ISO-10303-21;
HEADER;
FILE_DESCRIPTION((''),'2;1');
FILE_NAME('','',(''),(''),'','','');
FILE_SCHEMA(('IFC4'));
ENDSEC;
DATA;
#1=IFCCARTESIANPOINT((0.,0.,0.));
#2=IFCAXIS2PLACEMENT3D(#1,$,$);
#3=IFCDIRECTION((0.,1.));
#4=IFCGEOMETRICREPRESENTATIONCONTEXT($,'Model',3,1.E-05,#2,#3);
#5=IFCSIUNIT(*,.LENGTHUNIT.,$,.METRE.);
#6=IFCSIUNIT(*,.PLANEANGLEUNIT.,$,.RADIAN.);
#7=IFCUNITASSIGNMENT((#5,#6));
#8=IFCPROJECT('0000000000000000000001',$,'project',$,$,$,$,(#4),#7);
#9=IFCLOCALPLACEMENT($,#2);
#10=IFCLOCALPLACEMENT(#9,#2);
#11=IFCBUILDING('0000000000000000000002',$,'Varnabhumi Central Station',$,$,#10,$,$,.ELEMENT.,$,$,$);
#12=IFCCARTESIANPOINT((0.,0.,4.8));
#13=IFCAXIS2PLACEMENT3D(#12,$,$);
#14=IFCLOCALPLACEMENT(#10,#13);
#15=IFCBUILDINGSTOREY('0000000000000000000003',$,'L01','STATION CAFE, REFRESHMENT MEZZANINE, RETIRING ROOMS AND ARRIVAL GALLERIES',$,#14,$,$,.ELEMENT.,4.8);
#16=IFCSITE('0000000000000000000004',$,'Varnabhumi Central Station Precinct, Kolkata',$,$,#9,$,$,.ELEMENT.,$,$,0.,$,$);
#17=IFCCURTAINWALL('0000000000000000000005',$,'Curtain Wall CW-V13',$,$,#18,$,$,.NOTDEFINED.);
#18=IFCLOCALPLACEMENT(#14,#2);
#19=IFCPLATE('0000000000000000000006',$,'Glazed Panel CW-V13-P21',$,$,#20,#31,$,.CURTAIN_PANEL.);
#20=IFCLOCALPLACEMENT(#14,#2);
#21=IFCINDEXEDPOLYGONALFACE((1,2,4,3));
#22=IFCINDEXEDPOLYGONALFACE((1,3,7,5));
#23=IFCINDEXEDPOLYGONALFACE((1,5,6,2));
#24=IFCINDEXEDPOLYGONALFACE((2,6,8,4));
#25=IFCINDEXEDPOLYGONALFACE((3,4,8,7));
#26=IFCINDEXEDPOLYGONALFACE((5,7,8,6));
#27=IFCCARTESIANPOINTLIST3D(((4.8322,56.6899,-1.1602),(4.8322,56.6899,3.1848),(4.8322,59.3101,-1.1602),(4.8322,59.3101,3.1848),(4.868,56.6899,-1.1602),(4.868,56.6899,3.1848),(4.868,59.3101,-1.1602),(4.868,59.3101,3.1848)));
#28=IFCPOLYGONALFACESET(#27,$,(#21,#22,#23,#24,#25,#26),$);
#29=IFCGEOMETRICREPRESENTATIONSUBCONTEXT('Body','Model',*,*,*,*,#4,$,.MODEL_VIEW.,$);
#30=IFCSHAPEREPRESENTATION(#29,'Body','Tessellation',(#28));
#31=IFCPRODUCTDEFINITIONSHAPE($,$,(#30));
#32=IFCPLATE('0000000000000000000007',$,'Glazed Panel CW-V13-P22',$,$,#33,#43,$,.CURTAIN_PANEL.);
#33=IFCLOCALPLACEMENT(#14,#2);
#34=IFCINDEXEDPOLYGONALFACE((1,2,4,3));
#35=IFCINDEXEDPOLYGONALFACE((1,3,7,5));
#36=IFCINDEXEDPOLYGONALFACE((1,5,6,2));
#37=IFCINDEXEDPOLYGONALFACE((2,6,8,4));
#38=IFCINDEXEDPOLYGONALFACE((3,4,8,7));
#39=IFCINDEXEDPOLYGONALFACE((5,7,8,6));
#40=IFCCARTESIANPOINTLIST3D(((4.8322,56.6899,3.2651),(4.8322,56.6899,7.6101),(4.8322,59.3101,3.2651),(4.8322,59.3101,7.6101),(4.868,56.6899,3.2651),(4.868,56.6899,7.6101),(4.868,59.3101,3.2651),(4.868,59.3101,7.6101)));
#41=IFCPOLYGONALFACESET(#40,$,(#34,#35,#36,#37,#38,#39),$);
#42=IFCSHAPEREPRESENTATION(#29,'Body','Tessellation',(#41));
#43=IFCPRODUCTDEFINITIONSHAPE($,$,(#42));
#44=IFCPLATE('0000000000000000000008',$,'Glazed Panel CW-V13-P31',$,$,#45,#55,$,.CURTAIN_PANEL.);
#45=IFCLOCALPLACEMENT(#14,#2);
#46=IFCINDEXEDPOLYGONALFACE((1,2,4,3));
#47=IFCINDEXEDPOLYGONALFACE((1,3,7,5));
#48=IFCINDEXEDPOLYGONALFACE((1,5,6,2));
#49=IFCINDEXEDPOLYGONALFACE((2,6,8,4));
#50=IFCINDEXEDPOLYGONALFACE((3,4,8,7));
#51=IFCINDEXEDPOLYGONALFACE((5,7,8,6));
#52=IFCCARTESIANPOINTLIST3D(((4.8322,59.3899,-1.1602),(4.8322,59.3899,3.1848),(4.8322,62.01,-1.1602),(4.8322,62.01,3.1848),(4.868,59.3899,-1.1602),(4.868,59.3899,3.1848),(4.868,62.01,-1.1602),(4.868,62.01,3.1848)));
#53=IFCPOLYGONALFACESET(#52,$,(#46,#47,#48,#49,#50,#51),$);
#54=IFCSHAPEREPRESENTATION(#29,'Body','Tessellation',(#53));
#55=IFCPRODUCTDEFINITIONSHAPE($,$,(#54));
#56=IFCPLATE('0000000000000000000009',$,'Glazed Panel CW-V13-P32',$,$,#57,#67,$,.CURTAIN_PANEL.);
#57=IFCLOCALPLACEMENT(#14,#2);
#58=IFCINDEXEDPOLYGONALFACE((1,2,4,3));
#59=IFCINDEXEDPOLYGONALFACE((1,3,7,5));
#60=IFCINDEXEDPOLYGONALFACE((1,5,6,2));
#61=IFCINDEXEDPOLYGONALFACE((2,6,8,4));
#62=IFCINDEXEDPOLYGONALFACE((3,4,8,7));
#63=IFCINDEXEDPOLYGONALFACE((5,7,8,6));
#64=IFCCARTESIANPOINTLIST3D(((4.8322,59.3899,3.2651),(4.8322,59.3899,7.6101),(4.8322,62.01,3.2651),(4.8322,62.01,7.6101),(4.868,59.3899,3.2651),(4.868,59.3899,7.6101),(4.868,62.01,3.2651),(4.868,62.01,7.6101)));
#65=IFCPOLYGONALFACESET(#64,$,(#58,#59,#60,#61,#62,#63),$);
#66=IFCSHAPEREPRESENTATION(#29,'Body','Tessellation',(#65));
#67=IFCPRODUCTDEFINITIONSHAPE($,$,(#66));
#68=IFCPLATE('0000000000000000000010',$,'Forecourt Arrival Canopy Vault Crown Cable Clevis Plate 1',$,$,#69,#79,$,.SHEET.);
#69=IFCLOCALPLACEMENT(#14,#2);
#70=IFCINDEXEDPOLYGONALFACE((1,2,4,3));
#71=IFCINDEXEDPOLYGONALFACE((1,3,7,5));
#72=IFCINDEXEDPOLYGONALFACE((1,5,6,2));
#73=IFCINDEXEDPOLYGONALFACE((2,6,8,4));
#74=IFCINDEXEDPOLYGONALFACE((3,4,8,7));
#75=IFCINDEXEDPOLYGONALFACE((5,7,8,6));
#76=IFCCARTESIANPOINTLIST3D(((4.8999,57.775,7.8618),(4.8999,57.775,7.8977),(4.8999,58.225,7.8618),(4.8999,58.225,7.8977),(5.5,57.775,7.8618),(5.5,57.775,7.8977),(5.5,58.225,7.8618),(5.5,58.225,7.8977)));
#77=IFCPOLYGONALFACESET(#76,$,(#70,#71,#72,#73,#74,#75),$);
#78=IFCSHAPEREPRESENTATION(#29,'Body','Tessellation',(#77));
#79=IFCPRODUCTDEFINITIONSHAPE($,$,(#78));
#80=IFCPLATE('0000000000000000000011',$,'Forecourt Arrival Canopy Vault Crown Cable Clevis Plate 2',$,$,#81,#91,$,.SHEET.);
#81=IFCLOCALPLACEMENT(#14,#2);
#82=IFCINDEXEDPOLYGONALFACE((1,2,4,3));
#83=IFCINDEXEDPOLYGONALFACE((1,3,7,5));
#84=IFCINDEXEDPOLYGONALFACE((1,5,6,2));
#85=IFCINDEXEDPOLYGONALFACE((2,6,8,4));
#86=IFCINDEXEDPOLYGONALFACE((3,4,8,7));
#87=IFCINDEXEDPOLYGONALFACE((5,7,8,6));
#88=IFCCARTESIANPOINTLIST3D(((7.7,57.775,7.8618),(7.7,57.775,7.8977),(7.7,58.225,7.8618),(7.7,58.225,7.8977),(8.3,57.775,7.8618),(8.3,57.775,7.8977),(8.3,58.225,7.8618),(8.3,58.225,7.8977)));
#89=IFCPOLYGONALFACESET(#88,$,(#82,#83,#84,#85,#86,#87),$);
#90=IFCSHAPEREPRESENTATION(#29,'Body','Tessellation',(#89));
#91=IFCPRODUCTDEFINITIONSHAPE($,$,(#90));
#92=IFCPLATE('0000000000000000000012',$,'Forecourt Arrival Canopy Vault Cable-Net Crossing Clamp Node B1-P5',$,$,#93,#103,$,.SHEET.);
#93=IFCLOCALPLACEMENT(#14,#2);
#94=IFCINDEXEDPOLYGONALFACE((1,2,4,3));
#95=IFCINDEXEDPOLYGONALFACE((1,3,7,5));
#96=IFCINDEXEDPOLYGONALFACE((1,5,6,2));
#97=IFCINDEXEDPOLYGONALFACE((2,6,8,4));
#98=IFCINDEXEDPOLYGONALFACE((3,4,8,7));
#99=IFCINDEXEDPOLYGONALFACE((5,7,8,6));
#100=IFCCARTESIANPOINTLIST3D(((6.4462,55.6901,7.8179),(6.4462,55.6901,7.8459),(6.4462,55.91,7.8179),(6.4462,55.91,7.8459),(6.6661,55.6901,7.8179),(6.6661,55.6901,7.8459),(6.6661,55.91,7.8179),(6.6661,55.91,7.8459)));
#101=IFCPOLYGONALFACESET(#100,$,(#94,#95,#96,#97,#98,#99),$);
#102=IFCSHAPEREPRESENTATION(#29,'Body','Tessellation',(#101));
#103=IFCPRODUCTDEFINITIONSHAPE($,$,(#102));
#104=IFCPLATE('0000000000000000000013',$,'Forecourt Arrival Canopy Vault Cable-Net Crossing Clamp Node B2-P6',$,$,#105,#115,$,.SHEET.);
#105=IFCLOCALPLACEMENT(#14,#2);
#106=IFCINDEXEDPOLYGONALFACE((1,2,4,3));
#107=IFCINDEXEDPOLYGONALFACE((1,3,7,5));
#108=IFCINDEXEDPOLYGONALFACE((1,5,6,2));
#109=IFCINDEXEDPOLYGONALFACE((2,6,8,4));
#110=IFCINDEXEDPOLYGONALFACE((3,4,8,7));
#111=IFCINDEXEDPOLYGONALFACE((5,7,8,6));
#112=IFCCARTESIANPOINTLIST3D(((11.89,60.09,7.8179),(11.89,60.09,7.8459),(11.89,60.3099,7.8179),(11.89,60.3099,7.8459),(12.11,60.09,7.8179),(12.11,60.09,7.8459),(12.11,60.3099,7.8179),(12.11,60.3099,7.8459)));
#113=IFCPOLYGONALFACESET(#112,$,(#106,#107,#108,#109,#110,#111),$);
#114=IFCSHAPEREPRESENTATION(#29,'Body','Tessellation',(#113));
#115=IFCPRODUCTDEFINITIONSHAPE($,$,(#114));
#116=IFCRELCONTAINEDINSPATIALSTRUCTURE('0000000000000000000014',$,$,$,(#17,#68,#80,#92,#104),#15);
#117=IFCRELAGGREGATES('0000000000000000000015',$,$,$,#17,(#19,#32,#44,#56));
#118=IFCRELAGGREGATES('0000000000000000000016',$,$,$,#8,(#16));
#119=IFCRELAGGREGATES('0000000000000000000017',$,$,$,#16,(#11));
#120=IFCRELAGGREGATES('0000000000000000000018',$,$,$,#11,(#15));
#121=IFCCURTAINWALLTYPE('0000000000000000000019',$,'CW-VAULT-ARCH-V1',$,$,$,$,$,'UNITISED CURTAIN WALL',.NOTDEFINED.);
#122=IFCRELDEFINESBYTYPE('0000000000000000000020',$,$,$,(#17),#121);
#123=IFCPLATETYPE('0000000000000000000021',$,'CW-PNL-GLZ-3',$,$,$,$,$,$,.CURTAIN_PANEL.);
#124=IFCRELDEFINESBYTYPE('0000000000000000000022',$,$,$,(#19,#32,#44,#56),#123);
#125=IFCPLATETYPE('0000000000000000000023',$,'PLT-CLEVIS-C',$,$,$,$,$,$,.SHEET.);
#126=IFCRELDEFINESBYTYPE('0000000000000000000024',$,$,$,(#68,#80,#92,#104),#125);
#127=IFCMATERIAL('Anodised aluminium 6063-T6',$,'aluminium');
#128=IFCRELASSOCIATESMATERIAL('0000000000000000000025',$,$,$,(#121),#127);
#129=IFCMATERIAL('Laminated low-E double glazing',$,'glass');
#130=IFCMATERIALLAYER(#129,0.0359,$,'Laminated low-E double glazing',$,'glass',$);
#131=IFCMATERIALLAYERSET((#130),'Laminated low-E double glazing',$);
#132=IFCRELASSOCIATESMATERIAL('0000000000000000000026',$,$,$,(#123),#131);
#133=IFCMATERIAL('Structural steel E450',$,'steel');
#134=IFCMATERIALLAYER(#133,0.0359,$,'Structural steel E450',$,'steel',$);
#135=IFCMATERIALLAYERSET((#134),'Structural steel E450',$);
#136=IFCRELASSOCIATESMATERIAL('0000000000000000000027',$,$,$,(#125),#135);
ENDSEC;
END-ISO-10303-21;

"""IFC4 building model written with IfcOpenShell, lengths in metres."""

from ifc_helpers import new_model, si_unit, direction, frame, origin, origin_2d, place, context, subcontext, project, spatial, rectangle, extrude, material, layer, layer_set, type_object, element, aggregate, save


model = new_model("IFC4")

# Units and contexts
model_context = context("Model", 3, precision=1e-05, world=origin(), true_north=direction((0.0, 1.0)))
body_context = subcontext(model_context, "Body", "Model", "MODEL_VIEW")
ifc_project = project(units=[si_unit("LENGTHUNIT", "METRE"), si_unit("PLANEANGLEUNIT", "RADIAN")], contexts=[model_context])

# Site, building, storey
site_placement = place(None, origin())
site = spatial("IfcSite", under=ifc_project, at=site_placement, Name="Varnabhumi Central Station Precinct, Kolkata", CompositionType="ELEMENT", RefElevation=0.0)
building_placement = place(site_placement, origin())
building = spatial("IfcBuilding", under=site, at=building_placement, Name="Varnabhumi Central Station", CompositionType="ELEMENT")
storey_placement = place(building_placement, frame((0.0, 0.0, 4.8)))
storey = spatial("IfcBuildingStorey", under=building, at=storey_placement, Name="L01", Description="STATION CAFE, REFRESHMENT MEZZANINE, RETIRING ROOMS AND ARRIVAL GALLERIES", CompositionType="ELEMENT", Elevation=4.8)

# Shared definitions
ifc_material_1 = material(Name="Anodised aluminium 6063-T6", Category="aluminium")
curtain_wall_type = type_object("IfcCurtainWallType", Name="CW-VAULT-ARCH-V1", ElementType="UNITISED CURTAIN WALL", PredefinedType="NOTDEFINED", material=ifc_material_1)

# Curtain wall
curtain_wall_1_placement = place(storey_placement, origin())
curtain_wall_1 = element("IfcCurtainWall", 1, at=curtain_wall_1_placement, inside=storey, type_object=curtain_wall_type, Name="Curtain Wall CW-V13", PredefinedType="NOTDEFINED")

# Plates
ifc_material_2 = material(Name="Laminated low-E double glazing", Category="glass")
ifc_layer_1 = layer(ifc_material_2, 0.0359, Name="Laminated low-E double glazing", Category="glass")
ifc_layer_set_1 = layer_set([ifc_layer_1], Name="Laminated low-E double glazing")
plate_type_1 = type_object("IfcPlateType", Name="CW-PNL-GLZ-3", PredefinedType="CURTAIN_PANEL", material=ifc_layer_set_1)
plate_1_placement = place(storey_placement, frame((4.8501, 58.0, -1.1602), z_axis=(0.0, 0.0, 1.0), x_axis=(0.0, 1.0, 0.0)))
plate_1 = element("IfcPlate", 2, at=plate_1_placement, type_object=plate_type_1, Name="Glazed Panel CW-V13-P21", PredefinedType="CURTAIN_PANEL", context=body_context, shape_type="SweptSolid", body=[
    extrude(rectangle(XDim=2.6201, YDim=0.0359, at=origin_2d()), origin(), (0.0, 0.0, 1.0), 4.345),
])
plate_2_placement = place(storey_placement, frame((4.8501, 58.0, 3.2651), z_axis=(0.0, 0.0, 1.0), x_axis=(0.0, 1.0, 0.0)))
plate_2 = element("IfcPlate", 3, at=plate_2_placement, type_object=plate_type_1, Name="Glazed Panel CW-V13-P22", PredefinedType="CURTAIN_PANEL", context=body_context, shape_type="SweptSolid", body=[
    extrude(rectangle(XDim=2.6201, YDim=0.0359, at=origin_2d()), origin(), (0.0, 0.0, 1.0), 4.345),
])
plate_3_placement = place(storey_placement, frame((4.8501, 60.7, -1.1602), z_axis=(0.0, 0.0, 1.0), x_axis=(0.0, 1.0, 0.0)))
plate_3 = element("IfcPlate", 4, at=plate_3_placement, type_object=plate_type_1, Name="Glazed Panel CW-V13-P31", PredefinedType="CURTAIN_PANEL", context=body_context, shape_type="SweptSolid", body=[
    extrude(rectangle(XDim=2.6201, YDim=0.0359, at=origin_2d()), origin(), (0.0, 0.0, 1.0), 4.345),
])
plate_4_placement = place(storey_placement, frame((4.8501, 60.7, 3.2651), z_axis=(0.0, 0.0, 1.0), x_axis=(0.0, 1.0, 0.0)))
plate_4 = element("IfcPlate", 5, at=plate_4_placement, type_object=plate_type_1, Name="Glazed Panel CW-V13-P32", PredefinedType="CURTAIN_PANEL", context=body_context, shape_type="SweptSolid", body=[
    extrude(rectangle(XDim=2.6201, YDim=0.0359, at=origin_2d()), origin(), (0.0, 0.0, 1.0), 4.345),
])
aggregate(curtain_wall_1, [plate_1, plate_2, plate_3, plate_4])

# Plates
ifc_material_3 = material(Name="Structural steel E450", Category="steel")
ifc_layer_2 = layer(ifc_material_3, 0.0359, Name="Structural steel E450", Category="steel")
ifc_layer_set_2 = layer_set([ifc_layer_2], Name="Structural steel E450")
plate_type_2 = type_object("IfcPlateType", Name="PLT-CLEVIS-C", PredefinedType="SHEET", material=ifc_layer_set_2)
for number, where, z_axis, x_axis, name in (
    (6, (5.2, 58.0, 7.8618), (0.0, 0.0, 1.0), (1.0, 0.0, 0.0), "Forecourt Arrival Canopy Vault Crown Cable Clevis Plate 1"),
    (7, (8.0, 58.0, 7.8618), (0.0, 0.0, 1.0), (1.0, 0.0, 0.0), "Forecourt Arrival Canopy Vault Crown Cable Clevis Plate 2"),
):
    element("IfcPlate", number, at=place(storey_placement, frame(where, z_axis=z_axis, x_axis=x_axis)), inside=storey, type_object=plate_type_2, Name=name, PredefinedType="SHEET", context=body_context, shape_type="SweptSolid", body=[
        extrude(rectangle(XDim=0.6001, YDim=0.45, at=origin_2d()), origin(), (0.0, 0.0, 1.0), 0.0359),
    ])
for number, where, z_axis, x_axis, name in (
    (8, (6.5562, 55.8, 7.8179), (0.0, 0.0, 1.0), (1.0, 0.0, 0.0), "Forecourt Arrival Canopy Vault Cable-Net Crossing Clamp Node B1-P5"),
    (9, (12.0, 60.2, 7.8179), (0.0, 0.0, 1.0), (1.0, 0.0, 0.0), "Forecourt Arrival Canopy Vault Cable-Net Crossing Clamp Node B2-P6"),
):
    element("IfcPlate", number, at=place(storey_placement, frame(where, z_axis=z_axis, x_axis=x_axis)), inside=storey, type_object=plate_type_2, Name=name, PredefinedType="SHEET", context=body_context, shape_type="SweptSolid", body=[
        extrude(rectangle(XDim=0.22, YDim=0.22, at=origin_2d()), origin(), (0.0, 0.0, 1.0), 0.0281),
    ])

save(model, "model.ifc")
